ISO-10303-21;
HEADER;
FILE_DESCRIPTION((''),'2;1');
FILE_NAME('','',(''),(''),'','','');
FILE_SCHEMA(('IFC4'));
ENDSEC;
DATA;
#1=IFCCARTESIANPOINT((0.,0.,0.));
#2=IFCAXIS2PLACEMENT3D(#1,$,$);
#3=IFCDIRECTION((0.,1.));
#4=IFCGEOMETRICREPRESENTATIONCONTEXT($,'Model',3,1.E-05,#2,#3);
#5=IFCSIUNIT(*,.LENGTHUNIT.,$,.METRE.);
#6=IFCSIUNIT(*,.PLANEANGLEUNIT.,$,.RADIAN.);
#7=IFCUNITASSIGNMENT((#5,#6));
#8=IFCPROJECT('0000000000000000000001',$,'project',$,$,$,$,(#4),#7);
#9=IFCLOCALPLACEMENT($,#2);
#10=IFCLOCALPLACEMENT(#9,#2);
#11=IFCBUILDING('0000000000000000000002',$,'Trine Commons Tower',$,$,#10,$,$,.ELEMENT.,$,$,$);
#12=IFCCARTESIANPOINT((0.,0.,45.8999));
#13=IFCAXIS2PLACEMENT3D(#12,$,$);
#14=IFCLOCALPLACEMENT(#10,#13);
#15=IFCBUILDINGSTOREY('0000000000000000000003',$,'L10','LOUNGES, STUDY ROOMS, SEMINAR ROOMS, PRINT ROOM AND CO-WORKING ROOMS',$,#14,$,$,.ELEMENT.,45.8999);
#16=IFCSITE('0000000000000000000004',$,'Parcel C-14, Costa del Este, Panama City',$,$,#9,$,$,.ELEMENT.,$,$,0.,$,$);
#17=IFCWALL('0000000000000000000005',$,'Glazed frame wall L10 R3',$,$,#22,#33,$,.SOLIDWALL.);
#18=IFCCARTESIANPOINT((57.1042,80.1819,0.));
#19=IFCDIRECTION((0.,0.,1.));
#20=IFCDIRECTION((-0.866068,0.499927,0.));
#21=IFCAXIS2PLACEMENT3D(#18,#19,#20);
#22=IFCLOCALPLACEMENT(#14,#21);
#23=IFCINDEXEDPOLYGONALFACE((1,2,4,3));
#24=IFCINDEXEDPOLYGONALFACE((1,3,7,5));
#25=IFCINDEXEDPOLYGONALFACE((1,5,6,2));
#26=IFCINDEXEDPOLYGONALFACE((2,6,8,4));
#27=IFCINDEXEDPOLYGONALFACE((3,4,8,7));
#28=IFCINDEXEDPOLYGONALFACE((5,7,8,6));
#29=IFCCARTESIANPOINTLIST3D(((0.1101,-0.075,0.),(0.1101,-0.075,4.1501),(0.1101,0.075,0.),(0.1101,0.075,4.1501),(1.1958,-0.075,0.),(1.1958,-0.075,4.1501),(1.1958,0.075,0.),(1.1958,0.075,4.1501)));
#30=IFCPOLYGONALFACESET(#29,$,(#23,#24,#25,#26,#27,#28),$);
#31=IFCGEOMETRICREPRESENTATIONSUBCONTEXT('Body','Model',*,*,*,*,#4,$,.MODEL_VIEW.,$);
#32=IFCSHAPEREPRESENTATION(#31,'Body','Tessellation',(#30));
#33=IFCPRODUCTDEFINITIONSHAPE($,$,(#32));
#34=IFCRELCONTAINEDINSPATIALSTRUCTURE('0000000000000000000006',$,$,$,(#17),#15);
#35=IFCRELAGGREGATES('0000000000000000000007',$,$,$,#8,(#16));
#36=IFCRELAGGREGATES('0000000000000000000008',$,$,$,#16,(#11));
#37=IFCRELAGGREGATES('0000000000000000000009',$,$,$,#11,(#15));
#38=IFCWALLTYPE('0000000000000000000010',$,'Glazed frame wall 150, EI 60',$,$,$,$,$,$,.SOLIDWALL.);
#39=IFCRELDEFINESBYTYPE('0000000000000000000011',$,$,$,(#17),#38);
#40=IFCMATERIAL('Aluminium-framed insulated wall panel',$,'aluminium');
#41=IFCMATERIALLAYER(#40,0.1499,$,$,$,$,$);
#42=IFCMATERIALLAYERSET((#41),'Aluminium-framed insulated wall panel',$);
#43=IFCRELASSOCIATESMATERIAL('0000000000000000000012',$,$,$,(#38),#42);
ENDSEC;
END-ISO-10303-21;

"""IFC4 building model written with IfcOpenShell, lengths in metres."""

from ifc_helpers import new_model, si_unit, direction, frame, origin, place, context, subcontext, project, spatial, polyline, outline, extrude, material, layer, layer_set, type_object, element, save


model = new_model("IFC4")

# Units and contexts
model_context = context("Model", 3, precision=1e-05, world=origin(), true_north=direction((0.0, 1.0)))
body_context = subcontext(model_context, "Body", "Model", "MODEL_VIEW")
ifc_project = project(units=[si_unit("LENGTHUNIT", "METRE"), si_unit("PLANEANGLEUNIT", "RADIAN")], contexts=[model_context])

# Site, building, storey
site_placement = place(None, origin())
site = spatial("IfcSite", under=ifc_project, at=site_placement, Name="Parcel C-14, Costa del Este, Panama City", CompositionType="ELEMENT", RefElevation=0.0)
building_placement = place(site_placement, origin())
building = spatial("IfcBuilding", under=site, at=building_placement, Name="Trine Commons Tower", CompositionType="ELEMENT")
storey_placement = place(building_placement, frame((0.0, 0.0, 45.8999)))
storey = spatial("IfcBuildingStorey", under=building, at=storey_placement, Name="L10", Description="LOUNGES, STUDY ROOMS, SEMINAR ROOMS, PRINT ROOM AND CO-WORKING ROOMS", CompositionType="ELEMENT", Elevation=45.8999)

# Wall
ifc_material_1 = material(Name="Aluminium-framed insulated wall panel", Category="aluminium")
ifc_layer_1 = layer(ifc_material_1, 0.1499)
ifc_layer_set_1 = layer_set([ifc_layer_1], Name="Aluminium-framed insulated wall panel")
wall_type_1 = type_object("IfcWallType", Name="Glazed frame wall 150, EI 60", PredefinedType="SOLIDWALL", material=ifc_layer_set_1)
wall_1_placement = place(storey_placement, frame((57.1042, 80.1819, 0.0), z_axis=(0.0, 0.0, 1.0), x_axis=(-0.866068, 0.499927, 0.0)))
element("IfcWall", 1, at=wall_1_placement, inside=storey, type_object=wall_type_1, Name="Glazed frame wall L10 R3", PredefinedType="SOLIDWALL", context=body_context, shape_type="SweptSolid", body=[
    extrude(outline(polyline([(0.1101, 0.075), (0.1101, -0.075), (1.1958, -0.075), (1.1958, 0.075), (0.1101, 0.075)])), origin(), (0.0, 0.0, 1.0), 4.1501),
])

save(model, "model.ifc")
